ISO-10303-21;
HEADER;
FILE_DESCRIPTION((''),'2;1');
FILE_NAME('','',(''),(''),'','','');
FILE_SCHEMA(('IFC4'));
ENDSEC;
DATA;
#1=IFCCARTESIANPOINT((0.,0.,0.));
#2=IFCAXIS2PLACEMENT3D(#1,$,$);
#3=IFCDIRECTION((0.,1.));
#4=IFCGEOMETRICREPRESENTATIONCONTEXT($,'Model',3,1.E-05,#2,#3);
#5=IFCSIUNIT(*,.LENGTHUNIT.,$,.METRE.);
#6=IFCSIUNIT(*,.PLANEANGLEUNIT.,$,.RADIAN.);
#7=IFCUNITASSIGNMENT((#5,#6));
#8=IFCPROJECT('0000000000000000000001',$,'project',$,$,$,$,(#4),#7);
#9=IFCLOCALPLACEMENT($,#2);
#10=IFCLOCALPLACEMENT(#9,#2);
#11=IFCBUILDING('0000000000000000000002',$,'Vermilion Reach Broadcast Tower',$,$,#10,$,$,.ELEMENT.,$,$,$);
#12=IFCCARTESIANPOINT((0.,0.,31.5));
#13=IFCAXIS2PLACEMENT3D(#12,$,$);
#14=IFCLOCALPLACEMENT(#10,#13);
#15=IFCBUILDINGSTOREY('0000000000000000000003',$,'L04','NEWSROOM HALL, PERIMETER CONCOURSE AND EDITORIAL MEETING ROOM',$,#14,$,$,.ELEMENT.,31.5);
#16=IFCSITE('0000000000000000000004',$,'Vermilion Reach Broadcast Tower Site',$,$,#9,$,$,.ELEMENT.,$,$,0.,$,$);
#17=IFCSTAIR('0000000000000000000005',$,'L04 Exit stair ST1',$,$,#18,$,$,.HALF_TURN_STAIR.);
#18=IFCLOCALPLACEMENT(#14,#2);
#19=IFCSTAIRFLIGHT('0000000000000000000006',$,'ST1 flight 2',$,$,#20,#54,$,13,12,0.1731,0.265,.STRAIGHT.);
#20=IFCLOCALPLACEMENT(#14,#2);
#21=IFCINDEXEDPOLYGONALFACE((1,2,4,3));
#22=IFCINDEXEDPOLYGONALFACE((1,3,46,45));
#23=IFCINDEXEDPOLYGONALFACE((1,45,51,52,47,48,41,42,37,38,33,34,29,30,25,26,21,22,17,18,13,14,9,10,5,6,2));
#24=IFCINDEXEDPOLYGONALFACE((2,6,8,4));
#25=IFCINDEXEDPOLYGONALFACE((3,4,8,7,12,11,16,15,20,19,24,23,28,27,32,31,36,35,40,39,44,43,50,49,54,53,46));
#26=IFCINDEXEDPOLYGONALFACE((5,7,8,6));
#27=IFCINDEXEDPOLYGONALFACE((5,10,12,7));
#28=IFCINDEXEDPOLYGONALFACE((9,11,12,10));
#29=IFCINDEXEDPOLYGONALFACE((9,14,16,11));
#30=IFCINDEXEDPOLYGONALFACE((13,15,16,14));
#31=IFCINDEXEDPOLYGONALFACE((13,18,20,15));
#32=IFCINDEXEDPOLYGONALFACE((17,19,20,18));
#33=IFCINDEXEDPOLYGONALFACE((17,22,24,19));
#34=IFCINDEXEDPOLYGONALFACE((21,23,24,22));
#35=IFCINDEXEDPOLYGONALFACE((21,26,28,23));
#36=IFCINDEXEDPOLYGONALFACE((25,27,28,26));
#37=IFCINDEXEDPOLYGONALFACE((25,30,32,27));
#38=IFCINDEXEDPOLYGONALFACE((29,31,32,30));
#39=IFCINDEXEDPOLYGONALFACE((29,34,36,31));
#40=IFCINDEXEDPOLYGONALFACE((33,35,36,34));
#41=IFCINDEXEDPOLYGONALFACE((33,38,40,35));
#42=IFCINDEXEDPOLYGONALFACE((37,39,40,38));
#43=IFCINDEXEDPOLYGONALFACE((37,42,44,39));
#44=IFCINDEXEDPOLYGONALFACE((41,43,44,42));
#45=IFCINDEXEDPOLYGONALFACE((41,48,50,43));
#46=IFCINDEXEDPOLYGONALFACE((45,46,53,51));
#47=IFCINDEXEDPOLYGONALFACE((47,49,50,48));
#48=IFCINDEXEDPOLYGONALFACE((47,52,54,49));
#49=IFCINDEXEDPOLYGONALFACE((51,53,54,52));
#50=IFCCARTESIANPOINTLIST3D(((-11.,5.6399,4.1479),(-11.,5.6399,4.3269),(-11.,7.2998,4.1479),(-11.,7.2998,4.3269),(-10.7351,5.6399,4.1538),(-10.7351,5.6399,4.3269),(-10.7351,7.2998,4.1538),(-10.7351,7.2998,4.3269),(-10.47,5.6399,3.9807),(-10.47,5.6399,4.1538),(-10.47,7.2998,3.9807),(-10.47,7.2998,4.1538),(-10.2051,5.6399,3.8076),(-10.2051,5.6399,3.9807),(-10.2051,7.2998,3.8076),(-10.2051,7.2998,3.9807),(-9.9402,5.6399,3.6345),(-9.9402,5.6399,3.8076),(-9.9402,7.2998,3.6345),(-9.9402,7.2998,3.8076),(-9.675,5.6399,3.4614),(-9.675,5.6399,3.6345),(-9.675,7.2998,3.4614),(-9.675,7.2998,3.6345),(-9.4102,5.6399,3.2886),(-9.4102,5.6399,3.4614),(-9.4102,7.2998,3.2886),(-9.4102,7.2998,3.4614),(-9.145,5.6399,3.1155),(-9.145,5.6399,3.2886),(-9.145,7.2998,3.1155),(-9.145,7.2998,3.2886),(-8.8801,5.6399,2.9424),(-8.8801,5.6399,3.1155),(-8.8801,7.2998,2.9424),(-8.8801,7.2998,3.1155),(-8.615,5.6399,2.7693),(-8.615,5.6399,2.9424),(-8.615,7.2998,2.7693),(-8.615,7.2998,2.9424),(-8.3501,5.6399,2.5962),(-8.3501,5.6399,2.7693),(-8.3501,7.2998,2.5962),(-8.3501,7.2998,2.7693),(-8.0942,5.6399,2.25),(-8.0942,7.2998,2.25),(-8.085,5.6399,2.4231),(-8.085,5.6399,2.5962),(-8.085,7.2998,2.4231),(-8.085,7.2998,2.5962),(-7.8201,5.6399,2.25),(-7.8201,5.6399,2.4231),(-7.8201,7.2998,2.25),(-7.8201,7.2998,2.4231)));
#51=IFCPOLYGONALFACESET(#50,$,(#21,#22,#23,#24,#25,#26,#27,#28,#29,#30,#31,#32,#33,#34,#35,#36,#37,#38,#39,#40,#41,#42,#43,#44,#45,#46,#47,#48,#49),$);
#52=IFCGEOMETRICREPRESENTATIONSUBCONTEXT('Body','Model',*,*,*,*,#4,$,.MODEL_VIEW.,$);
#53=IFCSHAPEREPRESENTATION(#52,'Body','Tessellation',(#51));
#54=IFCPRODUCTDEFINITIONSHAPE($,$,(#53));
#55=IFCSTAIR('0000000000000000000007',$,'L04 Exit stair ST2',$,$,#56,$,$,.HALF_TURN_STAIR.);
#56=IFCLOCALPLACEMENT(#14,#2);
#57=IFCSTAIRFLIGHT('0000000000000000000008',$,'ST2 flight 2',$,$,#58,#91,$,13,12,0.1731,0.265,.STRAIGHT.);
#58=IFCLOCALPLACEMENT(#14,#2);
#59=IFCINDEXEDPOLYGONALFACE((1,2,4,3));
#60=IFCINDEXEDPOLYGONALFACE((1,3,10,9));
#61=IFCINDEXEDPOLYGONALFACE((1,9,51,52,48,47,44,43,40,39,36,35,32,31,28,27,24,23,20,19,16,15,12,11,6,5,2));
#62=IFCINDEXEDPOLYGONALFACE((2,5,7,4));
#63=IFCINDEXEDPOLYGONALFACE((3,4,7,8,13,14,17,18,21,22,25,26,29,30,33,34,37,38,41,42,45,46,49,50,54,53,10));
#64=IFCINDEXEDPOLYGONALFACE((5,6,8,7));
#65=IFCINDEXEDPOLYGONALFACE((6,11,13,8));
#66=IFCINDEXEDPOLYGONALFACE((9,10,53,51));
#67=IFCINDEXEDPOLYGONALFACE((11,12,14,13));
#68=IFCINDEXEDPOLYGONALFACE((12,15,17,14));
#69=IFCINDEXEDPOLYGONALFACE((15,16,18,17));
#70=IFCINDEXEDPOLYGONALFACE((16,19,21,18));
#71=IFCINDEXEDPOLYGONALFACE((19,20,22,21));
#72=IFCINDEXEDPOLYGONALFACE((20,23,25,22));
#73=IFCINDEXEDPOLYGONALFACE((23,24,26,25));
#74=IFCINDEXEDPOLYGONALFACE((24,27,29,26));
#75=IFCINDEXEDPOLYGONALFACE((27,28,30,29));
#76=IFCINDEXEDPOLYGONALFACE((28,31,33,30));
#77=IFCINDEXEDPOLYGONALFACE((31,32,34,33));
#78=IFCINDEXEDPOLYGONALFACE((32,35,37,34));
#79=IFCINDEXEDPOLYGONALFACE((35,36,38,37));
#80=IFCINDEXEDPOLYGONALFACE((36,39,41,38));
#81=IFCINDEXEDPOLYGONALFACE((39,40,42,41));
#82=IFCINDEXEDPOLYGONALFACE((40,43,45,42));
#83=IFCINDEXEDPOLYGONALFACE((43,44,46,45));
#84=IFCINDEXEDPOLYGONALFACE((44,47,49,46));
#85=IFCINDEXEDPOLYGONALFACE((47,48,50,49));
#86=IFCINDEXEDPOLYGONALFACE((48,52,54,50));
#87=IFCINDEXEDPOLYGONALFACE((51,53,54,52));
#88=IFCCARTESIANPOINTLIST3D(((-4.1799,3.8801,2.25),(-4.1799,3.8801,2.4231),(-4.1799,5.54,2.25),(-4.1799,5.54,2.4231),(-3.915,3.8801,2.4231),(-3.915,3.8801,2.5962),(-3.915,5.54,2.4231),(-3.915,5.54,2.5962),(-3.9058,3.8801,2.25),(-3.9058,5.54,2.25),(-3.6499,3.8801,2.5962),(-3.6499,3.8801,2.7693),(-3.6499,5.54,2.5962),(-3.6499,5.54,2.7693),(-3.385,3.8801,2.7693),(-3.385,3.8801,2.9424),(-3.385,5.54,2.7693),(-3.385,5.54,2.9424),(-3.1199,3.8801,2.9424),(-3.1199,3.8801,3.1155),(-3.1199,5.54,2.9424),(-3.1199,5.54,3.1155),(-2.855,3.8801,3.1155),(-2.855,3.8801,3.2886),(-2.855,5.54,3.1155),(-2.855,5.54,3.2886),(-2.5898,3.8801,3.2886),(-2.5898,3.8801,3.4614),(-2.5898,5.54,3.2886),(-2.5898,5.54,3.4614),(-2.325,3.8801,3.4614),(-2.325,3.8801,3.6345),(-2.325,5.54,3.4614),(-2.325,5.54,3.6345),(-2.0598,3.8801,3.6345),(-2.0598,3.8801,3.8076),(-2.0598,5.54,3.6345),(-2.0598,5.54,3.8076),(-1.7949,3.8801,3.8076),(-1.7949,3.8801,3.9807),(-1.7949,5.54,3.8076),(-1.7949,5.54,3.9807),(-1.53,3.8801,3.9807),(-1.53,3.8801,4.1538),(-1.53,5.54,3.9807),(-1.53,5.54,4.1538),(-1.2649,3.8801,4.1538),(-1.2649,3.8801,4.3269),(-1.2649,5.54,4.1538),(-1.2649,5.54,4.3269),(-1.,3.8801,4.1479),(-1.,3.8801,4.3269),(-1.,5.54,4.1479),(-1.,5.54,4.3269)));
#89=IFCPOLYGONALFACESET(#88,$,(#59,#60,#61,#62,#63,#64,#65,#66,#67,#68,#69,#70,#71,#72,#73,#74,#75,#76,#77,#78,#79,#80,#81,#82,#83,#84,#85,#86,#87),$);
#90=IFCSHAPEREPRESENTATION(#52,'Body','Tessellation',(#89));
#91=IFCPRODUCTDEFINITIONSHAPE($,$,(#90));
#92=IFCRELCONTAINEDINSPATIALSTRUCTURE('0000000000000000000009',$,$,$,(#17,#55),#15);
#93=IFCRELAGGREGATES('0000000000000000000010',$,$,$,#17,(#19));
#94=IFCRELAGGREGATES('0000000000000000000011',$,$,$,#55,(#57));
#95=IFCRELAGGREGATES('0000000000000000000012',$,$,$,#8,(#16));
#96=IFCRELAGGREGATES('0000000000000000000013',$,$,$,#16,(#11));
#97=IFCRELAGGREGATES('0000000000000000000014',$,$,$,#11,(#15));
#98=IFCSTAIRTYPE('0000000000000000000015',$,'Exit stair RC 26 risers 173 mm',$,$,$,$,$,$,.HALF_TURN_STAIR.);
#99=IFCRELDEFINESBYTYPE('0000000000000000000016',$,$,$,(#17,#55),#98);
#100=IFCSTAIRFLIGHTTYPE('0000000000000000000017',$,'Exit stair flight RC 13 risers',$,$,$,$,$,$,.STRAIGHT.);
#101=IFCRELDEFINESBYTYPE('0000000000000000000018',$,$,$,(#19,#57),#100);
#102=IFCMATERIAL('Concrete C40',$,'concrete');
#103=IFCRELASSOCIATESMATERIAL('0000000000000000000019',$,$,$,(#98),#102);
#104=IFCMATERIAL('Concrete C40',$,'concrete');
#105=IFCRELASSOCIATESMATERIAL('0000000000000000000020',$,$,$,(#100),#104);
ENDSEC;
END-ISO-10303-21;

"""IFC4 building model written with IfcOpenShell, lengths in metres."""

from ifc_helpers import new_model, si_unit, direction, frame, origin, place, context, subcontext, project, spatial, polyline, outline, extrude, material, type_object, element, aggregate, save


model = new_model("IFC4")

# Units and contexts
model_context = context("Model", 3, precision=1e-05, world=origin(), true_north=direction((0.0, 1.0)))
body_context = subcontext(model_context, "Body", "Model", "MODEL_VIEW")
ifc_project = project(units=[si_unit("LENGTHUNIT", "METRE"), si_unit("PLANEANGLEUNIT", "RADIAN")], contexts=[model_context])

# Site, building, storey
site_placement = place(None, origin())
site = spatial("IfcSite", under=ifc_project, at=site_placement, Name="Vermilion Reach Broadcast Tower Site", CompositionType="ELEMENT", RefElevation=0.0)
building_placement = place(site_placement, origin())
building = spatial("IfcBuilding", under=site, at=building_placement, Name="Vermilion Reach Broadcast Tower", CompositionType="ELEMENT")
storey_placement = place(building_placement, frame((0.0, 0.0, 31.5)))
storey = spatial("IfcBuildingStorey", under=building, at=storey_placement, Name="L04", Description="NEWSROOM HALL, PERIMETER CONCOURSE AND EDITORIAL MEETING ROOM", CompositionType="ELEMENT", Elevation=31.5)

# Stair, stair flight
ifc_material_1 = material(Name="Concrete C40", Category="concrete")
stair_type = type_object("IfcStairType", Name="Exit stair RC 26 risers 173 mm", PredefinedType="HALF_TURN_STAIR", material=ifc_material_1)
placement = place(storey_placement, origin())
stair_1 = element("IfcStair", 1, at=placement, inside=storey, type_object=stair_type, Name="L04 Exit stair ST1", PredefinedType="HALF_TURN_STAIR")
ifc_material_2 = material(Name="Concrete C40", Category="concrete")
stair_flight_type = type_object("IfcStairFlightType", Name="Exit stair flight RC 13 risers", PredefinedType="STRAIGHT", material=ifc_material_2)
stair_flight_1_placement = place(storey_placement, frame((-7.8201, 6.47, 2.25), z_axis=(0.0, 0.0, 1.0), x_axis=(-1.0, 0.0, 0.0)))
stair_flight_1 = element("IfcStairFlight", 2, at=stair_flight_1_placement, type_object=stair_flight_type, Name="ST1 flight 2", NumberOfRisers=13, NumberOfTreads=12, PredefinedType="STRAIGHT", RiserHeight=0.1731, TreadLength=0.265, context=body_context, shape_type="SweptSolid", body=[
    extrude(outline(polyline([(0.0, 0.0), (0.0, 0.1731), (0.2649, 0.1731), (0.2649, 0.3462), (0.53, 0.3462), (0.53, 0.5193), (0.7949, 0.5193), (0.7949, 0.6924), (1.0601, 0.6924), (1.0601, 0.8655), (1.325, 0.8655), (1.325, 1.0386), (1.5901, 1.0386), (1.5901, 1.2114), (1.855, 1.2114), (1.855, 1.3845), (2.1201, 1.3845), (2.1201, 1.5576), (2.385, 1.5576), (2.385, 1.7307), (2.6499, 1.7307), (2.6499, 1.9038), (2.915, 1.9038), (2.915, 2.0769), (3.1799, 2.0769), (3.1799, 2.25), (3.1799, 1.8979), (0.2742, 0.0), (0.0, 0.0)])), frame((0.0, 0.8301, 0.0), z_axis=(0.0, -1.0, 0.0), x_axis=(1.0, 0.0, 0.0)), (0.0, 0.0, 1.0), 1.6599),
])
aggregate(stair_1, [stair_flight_1])

# Stair, stair flight
stair_2 = element("IfcStair", 3, at=placement, inside=storey, type_object=stair_type, Name="L04 Exit stair ST2", PredefinedType="HALF_TURN_STAIR")
stair_flight_2_placement = place(storey_placement, frame((-4.1799, 4.71, 2.25), z_axis=(0.0, 0.0, 1.0), x_axis=(1.0, 0.0, 0.0)))
stair_flight_2 = element("IfcStairFlight", 4, at=stair_flight_2_placement, type_object=stair_flight_type, Name="ST2 flight 2", NumberOfRisers=13, NumberOfTreads=12, PredefinedType="STRAIGHT", RiserHeight=0.1731, TreadLength=0.265, context=body_context, shape_type="SweptSolid", body=[
    extrude(outline(polyline([(0.0, 0.0), (0.0, 0.1731), (0.2649, 0.1731), (0.2649, 0.3462), (0.53, 0.3462), (0.53, 0.5193), (0.7949, 0.5193), (0.7949, 0.6924), (1.0601, 0.6924), (1.0601, 0.8655), (1.325, 0.8655), (1.325, 1.0386), (1.5901, 1.0386), (1.5901, 1.2114), (1.855, 1.2114), (1.855, 1.3845), (2.1201, 1.3845), (2.1201, 1.5576), (2.385, 1.5576), (2.385, 1.7307), (2.6499, 1.7307), (2.6499, 1.9038), (2.915, 1.9038), (2.915, 2.0769), (3.1799, 2.0769), (3.1799, 2.25), (3.1799, 1.8979), (0.2742, 0.0), (0.0, 0.0)])), frame((0.0, 0.8301, 0.0), z_axis=(0.0, -1.0, 0.0), x_axis=(1.0, 0.0, 0.0)), (0.0, 0.0, 1.0), 1.6599),
])
aggregate(stair_2, [stair_flight_2])

save(model, "model.ifc")
